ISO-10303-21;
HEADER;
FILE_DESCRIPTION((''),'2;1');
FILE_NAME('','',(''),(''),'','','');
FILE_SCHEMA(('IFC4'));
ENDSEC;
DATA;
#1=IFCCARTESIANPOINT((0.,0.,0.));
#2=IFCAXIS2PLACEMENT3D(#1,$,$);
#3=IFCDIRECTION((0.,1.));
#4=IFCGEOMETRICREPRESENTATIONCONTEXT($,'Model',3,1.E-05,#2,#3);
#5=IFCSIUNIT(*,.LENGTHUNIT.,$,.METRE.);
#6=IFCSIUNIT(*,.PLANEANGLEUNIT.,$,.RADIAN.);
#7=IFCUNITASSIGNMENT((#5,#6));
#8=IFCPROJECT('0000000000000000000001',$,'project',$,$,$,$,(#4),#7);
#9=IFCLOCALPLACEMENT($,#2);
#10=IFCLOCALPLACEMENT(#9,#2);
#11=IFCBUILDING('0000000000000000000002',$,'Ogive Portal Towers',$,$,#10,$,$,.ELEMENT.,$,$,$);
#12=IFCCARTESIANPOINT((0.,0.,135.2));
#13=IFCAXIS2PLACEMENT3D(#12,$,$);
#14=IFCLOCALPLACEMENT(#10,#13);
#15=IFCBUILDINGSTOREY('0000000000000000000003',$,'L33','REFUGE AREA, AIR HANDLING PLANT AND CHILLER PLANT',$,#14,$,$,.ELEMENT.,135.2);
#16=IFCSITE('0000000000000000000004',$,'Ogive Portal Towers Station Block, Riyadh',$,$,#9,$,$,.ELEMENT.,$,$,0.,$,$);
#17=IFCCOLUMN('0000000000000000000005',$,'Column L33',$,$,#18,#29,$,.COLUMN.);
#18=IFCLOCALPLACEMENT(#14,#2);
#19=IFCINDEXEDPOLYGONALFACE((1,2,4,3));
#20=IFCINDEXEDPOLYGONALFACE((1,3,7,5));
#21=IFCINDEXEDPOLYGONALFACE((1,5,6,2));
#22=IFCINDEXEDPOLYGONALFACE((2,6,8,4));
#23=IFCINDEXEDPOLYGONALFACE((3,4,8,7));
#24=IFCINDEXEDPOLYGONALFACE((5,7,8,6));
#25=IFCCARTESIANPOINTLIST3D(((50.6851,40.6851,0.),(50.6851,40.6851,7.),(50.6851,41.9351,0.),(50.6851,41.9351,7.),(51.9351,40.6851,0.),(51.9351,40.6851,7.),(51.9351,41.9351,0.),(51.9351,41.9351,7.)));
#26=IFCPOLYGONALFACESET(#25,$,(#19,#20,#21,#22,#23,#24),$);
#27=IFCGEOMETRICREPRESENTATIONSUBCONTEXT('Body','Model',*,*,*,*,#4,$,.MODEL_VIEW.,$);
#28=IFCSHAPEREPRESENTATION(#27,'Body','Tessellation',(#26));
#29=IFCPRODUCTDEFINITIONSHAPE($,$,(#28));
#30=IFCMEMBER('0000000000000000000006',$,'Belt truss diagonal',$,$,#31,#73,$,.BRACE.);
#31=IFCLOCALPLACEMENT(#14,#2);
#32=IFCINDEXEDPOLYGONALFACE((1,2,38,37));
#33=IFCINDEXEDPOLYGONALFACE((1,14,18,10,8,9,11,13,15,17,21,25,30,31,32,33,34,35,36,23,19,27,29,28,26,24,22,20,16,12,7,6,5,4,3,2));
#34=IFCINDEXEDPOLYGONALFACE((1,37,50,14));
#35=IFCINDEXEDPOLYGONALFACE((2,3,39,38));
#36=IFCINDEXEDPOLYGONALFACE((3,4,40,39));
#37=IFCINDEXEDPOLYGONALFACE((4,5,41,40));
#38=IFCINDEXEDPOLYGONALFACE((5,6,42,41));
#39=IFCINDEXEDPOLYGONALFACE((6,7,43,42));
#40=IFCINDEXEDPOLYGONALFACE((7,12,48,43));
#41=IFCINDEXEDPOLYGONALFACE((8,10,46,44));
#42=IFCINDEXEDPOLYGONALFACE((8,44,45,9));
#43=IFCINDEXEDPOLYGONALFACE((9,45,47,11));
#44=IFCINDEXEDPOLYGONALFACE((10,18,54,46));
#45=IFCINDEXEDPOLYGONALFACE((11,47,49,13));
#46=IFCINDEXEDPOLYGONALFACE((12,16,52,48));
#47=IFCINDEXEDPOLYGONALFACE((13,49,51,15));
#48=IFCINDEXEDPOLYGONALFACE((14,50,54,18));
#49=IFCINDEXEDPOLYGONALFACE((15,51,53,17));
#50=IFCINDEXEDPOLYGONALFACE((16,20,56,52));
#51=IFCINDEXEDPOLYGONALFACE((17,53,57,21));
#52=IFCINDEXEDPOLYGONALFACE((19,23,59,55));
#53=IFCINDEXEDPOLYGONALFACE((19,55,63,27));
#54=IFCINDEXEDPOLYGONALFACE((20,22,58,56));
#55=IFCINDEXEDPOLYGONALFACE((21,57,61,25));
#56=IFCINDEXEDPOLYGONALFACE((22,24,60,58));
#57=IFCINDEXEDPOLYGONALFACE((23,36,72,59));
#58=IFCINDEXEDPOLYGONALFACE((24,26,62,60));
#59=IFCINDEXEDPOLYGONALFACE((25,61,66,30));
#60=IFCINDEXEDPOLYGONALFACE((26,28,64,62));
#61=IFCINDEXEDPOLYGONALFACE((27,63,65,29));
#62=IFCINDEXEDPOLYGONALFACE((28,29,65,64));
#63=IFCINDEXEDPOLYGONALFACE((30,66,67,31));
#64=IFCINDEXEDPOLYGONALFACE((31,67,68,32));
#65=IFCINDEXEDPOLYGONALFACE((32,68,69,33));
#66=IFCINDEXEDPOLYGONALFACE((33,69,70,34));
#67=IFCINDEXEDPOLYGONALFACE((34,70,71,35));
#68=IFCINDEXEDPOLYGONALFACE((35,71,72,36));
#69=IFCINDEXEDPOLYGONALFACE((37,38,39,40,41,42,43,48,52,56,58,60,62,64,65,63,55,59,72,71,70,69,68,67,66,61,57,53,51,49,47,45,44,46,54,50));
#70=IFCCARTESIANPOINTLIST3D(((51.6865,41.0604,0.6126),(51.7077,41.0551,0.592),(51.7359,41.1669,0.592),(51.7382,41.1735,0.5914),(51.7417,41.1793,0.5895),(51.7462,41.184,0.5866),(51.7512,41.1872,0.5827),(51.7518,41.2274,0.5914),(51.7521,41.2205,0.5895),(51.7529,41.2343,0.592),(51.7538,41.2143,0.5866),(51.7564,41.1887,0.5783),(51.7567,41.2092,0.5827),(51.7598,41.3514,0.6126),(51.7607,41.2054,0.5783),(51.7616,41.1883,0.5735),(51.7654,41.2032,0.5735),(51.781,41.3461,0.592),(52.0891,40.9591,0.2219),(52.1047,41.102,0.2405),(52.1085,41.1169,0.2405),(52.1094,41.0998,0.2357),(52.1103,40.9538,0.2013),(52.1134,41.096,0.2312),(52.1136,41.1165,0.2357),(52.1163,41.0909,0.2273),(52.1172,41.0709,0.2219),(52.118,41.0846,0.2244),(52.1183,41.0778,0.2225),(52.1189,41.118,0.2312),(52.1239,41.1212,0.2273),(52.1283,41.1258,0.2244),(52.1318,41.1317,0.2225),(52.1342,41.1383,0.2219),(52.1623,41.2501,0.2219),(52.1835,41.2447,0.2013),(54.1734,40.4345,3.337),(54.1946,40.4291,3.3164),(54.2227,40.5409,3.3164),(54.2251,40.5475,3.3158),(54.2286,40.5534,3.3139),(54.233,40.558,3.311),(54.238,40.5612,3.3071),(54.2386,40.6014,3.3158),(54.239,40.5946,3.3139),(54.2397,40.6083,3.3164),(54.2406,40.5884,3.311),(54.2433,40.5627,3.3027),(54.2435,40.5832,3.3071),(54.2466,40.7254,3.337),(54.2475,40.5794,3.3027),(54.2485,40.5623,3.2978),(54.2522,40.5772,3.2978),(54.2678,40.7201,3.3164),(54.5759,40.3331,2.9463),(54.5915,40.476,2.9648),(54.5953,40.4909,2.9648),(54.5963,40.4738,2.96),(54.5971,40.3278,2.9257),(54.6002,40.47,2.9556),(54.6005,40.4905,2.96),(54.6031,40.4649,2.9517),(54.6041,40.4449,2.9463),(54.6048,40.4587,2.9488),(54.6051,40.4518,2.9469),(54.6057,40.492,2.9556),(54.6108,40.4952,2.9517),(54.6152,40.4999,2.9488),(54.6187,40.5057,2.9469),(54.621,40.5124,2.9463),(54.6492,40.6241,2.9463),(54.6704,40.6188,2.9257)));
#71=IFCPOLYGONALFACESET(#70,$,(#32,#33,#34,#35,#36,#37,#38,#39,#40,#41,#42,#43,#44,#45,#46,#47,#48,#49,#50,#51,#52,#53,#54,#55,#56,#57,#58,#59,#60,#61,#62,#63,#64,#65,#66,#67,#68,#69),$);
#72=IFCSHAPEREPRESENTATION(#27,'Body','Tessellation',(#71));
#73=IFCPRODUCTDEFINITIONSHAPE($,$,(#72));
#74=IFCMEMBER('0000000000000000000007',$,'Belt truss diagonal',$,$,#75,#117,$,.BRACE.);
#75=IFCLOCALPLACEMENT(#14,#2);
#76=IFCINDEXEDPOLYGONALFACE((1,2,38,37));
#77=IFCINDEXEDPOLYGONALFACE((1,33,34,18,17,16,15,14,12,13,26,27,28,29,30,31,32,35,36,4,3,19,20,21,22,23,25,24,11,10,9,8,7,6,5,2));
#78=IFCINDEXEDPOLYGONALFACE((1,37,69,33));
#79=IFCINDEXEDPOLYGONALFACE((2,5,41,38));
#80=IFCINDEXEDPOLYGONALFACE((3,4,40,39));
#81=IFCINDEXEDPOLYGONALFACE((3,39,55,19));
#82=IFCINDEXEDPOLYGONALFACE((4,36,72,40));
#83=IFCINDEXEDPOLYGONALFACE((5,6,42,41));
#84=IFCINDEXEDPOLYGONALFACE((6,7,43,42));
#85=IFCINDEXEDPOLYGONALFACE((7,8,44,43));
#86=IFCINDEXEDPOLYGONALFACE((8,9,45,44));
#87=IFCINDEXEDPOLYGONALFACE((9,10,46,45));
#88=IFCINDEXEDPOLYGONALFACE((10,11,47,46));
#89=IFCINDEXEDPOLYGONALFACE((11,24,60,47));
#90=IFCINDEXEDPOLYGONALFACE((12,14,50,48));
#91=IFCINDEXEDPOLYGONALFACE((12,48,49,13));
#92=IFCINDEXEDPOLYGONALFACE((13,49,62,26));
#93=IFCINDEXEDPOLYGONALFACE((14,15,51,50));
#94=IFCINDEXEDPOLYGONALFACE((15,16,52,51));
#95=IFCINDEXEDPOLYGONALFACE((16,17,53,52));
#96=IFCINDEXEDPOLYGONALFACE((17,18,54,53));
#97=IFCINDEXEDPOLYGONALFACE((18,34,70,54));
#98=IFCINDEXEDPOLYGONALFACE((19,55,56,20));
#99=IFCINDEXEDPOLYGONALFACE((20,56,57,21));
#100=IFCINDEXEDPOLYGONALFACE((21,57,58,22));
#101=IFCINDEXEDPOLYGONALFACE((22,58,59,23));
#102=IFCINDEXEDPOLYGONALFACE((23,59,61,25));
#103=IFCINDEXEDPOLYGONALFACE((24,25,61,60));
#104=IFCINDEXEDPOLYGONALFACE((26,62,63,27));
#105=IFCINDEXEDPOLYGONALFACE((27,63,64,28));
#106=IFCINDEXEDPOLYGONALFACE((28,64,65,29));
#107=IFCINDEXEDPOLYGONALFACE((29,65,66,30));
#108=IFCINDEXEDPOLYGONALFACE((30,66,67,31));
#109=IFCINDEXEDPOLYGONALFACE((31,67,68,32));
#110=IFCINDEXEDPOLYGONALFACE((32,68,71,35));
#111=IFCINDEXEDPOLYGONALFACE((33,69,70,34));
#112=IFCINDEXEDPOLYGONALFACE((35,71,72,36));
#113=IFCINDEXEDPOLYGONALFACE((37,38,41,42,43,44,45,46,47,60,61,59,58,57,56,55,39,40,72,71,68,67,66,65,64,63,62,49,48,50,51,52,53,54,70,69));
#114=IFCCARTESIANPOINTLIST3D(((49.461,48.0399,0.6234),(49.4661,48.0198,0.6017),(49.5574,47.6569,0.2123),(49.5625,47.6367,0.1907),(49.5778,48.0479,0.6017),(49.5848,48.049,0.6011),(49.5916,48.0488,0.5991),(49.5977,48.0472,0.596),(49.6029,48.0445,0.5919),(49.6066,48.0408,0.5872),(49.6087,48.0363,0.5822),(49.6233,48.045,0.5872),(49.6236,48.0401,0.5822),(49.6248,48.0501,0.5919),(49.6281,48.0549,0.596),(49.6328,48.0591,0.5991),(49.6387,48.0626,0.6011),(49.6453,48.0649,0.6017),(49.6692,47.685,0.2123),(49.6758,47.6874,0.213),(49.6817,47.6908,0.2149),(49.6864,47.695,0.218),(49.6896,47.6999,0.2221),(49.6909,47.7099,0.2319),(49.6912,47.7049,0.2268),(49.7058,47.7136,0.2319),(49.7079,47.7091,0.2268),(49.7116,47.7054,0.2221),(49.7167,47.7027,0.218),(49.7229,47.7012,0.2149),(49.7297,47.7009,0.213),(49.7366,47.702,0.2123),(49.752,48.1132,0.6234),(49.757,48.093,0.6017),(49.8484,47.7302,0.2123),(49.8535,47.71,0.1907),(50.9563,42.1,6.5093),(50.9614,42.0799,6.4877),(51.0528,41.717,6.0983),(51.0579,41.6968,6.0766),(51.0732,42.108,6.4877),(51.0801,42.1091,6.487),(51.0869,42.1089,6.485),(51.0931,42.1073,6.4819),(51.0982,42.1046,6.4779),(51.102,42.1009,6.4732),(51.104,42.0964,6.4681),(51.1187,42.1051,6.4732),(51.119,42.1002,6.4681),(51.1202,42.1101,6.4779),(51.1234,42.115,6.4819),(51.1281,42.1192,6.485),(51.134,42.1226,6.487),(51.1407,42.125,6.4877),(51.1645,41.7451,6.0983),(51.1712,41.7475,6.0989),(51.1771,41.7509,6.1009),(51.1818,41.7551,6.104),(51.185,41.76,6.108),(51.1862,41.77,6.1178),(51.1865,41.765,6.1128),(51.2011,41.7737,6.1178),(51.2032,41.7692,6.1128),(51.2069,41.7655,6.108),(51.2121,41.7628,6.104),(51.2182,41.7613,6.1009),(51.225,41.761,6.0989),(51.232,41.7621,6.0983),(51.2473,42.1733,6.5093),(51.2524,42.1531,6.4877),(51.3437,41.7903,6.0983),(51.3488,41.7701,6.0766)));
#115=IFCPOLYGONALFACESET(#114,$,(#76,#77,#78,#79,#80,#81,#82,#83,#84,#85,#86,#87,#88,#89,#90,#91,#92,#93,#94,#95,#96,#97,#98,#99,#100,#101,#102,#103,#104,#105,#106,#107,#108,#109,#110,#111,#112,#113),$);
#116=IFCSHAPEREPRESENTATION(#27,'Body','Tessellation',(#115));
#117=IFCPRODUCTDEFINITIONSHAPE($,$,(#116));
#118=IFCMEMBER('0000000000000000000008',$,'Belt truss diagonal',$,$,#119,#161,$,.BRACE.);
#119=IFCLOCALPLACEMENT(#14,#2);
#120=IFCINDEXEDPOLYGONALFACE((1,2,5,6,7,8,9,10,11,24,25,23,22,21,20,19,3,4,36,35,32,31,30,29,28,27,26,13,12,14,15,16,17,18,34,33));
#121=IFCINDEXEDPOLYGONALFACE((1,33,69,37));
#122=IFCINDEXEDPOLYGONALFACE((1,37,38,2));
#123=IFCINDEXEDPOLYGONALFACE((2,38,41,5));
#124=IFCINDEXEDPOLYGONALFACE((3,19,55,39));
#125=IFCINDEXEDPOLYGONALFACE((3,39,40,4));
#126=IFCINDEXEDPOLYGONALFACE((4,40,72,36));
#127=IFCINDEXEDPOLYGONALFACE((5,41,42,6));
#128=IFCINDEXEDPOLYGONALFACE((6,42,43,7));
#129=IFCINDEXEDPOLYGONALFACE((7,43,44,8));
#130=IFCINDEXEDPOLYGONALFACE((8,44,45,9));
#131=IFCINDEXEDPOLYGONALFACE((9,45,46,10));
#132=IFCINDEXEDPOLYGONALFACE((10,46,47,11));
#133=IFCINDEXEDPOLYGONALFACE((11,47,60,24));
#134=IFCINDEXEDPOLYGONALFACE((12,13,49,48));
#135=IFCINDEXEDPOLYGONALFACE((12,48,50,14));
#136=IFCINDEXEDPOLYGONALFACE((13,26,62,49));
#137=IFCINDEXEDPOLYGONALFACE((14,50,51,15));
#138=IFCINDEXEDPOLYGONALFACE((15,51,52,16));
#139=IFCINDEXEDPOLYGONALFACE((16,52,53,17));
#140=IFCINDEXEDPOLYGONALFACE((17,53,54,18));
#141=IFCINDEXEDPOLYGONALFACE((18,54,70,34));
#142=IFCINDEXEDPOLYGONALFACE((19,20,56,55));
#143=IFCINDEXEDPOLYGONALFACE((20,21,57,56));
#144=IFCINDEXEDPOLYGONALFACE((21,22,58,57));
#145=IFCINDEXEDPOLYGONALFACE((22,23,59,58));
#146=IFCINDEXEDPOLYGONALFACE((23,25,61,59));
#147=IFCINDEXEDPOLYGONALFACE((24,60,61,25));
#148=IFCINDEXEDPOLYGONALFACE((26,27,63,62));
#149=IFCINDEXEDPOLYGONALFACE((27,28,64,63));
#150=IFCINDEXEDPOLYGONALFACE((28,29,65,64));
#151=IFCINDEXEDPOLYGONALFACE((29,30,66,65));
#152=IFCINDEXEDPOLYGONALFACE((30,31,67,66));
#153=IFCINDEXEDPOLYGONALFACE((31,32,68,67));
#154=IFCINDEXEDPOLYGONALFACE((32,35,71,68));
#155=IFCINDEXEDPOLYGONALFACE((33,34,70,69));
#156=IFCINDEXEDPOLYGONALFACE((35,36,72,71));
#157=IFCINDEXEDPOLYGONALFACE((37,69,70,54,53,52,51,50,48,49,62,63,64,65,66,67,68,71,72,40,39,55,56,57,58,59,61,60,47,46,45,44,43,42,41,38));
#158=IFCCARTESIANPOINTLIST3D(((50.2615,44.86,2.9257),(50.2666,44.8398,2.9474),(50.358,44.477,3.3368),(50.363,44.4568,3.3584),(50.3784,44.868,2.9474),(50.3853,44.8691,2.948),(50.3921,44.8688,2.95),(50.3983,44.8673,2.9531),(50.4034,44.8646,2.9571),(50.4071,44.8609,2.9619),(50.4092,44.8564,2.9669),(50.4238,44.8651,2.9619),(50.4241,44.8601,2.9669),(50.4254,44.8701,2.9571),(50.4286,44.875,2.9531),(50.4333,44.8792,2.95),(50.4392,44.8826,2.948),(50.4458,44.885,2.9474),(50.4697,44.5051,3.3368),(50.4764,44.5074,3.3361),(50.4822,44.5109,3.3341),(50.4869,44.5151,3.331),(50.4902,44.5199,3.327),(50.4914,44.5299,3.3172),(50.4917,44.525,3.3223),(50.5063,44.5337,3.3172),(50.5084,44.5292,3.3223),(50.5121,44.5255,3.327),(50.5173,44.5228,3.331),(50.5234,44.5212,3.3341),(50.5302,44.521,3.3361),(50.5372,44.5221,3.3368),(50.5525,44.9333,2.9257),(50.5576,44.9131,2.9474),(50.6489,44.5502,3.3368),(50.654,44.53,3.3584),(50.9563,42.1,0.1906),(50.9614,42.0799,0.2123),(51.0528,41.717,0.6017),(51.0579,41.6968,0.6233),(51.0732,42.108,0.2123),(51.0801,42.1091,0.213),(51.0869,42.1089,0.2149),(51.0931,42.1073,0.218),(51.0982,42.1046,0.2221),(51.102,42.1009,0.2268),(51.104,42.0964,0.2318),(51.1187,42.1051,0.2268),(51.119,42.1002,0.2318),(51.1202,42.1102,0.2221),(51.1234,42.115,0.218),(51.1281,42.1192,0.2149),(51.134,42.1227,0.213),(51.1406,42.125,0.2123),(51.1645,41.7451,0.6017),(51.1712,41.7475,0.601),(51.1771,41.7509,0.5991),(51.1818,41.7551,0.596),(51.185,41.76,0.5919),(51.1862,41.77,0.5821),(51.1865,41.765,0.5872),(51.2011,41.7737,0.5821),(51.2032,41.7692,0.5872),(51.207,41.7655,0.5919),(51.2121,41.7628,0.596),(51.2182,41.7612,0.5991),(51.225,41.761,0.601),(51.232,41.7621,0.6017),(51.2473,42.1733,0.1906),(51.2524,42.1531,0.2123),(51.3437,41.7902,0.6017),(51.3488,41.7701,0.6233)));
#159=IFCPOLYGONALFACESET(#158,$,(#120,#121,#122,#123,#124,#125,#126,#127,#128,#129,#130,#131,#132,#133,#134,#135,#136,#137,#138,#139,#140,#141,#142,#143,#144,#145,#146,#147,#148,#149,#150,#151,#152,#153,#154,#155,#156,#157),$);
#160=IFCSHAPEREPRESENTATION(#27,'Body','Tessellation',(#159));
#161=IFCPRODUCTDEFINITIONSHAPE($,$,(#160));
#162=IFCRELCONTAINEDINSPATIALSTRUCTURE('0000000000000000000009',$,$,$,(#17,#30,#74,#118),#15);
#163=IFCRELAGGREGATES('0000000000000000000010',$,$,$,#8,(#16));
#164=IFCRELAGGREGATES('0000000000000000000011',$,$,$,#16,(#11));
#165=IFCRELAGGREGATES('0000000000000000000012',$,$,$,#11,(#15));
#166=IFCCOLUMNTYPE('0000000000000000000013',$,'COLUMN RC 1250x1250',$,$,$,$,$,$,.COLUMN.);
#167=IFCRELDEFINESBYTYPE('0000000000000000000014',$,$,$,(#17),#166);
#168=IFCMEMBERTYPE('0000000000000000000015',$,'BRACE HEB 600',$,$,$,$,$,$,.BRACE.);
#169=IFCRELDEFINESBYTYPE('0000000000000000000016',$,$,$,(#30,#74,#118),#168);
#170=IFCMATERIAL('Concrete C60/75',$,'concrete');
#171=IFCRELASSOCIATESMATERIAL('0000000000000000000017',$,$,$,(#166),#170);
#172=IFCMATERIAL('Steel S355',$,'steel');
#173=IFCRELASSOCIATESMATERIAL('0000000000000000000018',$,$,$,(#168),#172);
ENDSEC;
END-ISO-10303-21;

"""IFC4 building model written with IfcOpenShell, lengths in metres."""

from ifc_helpers import new_model, si_unit, direction, frame, origin, origin_2d, place, context, subcontext, project, spatial, rectangle, i_section, extrude, material, material_profile, profile_set, type_object, element, save


model = new_model("IFC4")

# Units and contexts
model_context = context("Model", 3, precision=1e-05, world=origin(), true_north=direction((0.0, 1.0)))
body_context = subcontext(model_context, "Body", "Model", "MODEL_VIEW")
ifc_project = project(units=[si_unit("LENGTHUNIT", "METRE"), si_unit("PLANEANGLEUNIT", "RADIAN")], contexts=[model_context])

# Site, building, storey
site_placement = place(None, origin())
site = spatial("IfcSite", under=ifc_project, at=site_placement, Name="Ogive Portal Towers Station Block, Riyadh", CompositionType="ELEMENT", RefElevation=0.0)
building_placement = place(site_placement, origin())
building = spatial("IfcBuilding", under=site, at=building_placement, Name="Ogive Portal Towers", CompositionType="ELEMENT")
storey_placement = place(building_placement, frame((0.0, 0.0, 135.2)))
storey = spatial("IfcBuildingStorey", under=building, at=storey_placement, Name="L33", Description="REFUGE AREA, AIR HANDLING PLANT AND CHILLER PLANT", CompositionType="ELEMENT", Elevation=135.2)

# Column
ifc_material_1 = material(Name="Concrete C60/75", Category="concrete")
ifc_material_profile_1 = material_profile(ifc_material_1, rectangle(XDim=1.25, YDim=1.25, at=origin_2d()), Name="RC 1250x1250")
ifc_profile_set_1 = profile_set([ifc_material_profile_1], Name="Concrete C60/75")
column_type = type_object("IfcColumnType", Name="COLUMN RC 1250x1250", PredefinedType="COLUMN", material=ifc_profile_set_1)
column_placement = place(storey_placement, frame((51.3101, 41.3101, 0.0), z_axis=(0.0, 0.0, 1.0), x_axis=(1.0, 0.0, 0.0)))
element("IfcColumn", 1, at=column_placement, inside=storey, type_object=column_type, Name="Column L33", PredefinedType="COLUMN", context=body_context, shape_type="SweptSolid", body=[
    extrude(rectangle(XDim=1.25, YDim=1.25, at=origin_2d()), origin(), (0.0, 0.0, 1.0), 7.0),
])

# Members
ifc_material_2 = material(Name="Steel S355", Category="steel")
ifc_material_profile_2 = material_profile(ifc_material_2, i_section(OverallWidth=0.3, OverallDepth=0.6001, WebThickness=0.0154, FlangeThickness=0.03, FilletRadius=0.0271, at=origin_2d()), Name="HEB 600")
ifc_profile_set_2 = profile_set([ifc_material_profile_2], Name="Steel S355")
member_type_1 = type_object("IfcMemberType", Name="BRACE HEB 600", PredefinedType="BRACE", material=ifc_profile_set_2)
member_1_placement = place(storey_placement, frame((54.4219, 40.5266, 3.1313), z_axis=(-0.664671, 0.16731, -0.728162), x_axis=(-0.244103, -0.969749, 0.0)))
element("IfcMember", 2, at=member_1_placement, inside=storey, type_object=member_type_1, Name="Belt truss diagonal", PredefinedType="BRACE", context=body_context, shape_type="SweptSolid", body=[
    extrude(i_section(OverallWidth=0.3, OverallDepth=0.6001, WebThickness=0.0154, FlangeThickness=0.03, FilletRadius=0.0271, at=origin_2d()), origin(), (0.0, 0.0, 1.0), 3.7415),
])
member_2_placement = place(storey_placement, frame((51.1526, 41.9351, 6.293), z_axis=(-0.17603, 0.699234, -0.692882), x_axis=(-0.969743, -0.24413, 0.0)))
element("IfcMember", 3, at=member_2_placement, inside=storey, type_object=member_type_1, Name="Belt truss diagonal", PredefinedType="BRACE", context=body_context, shape_type="SweptSolid", body=[
    extrude(i_section(OverallWidth=0.3, OverallDepth=0.6001, WebThickness=0.0154, FlangeThickness=0.03, FilletRadius=0.0271, at=origin_2d()), origin(), (0.0, 0.0, 1.0), 8.4949),
])
member_3_placement = place(storey_placement, frame((51.1526, 41.9351, 0.407), z_axis=(-0.176025, 0.699213, 0.692904), x_axis=(-0.969743, -0.24413, 0.0)))
element("IfcMember", 4, at=member_3_placement, inside=storey, type_object=member_type_1, Name="Belt truss diagonal", PredefinedType="BRACE", context=body_context, shape_type="SweptSolid", body=[
    extrude(i_section(OverallWidth=0.3, OverallDepth=0.6001, WebThickness=0.0154, FlangeThickness=0.03, FilletRadius=0.0271, at=origin_2d()), origin(), (0.0, 0.0, 1.0), 3.9473),
])

save(model, "model.ifc")
